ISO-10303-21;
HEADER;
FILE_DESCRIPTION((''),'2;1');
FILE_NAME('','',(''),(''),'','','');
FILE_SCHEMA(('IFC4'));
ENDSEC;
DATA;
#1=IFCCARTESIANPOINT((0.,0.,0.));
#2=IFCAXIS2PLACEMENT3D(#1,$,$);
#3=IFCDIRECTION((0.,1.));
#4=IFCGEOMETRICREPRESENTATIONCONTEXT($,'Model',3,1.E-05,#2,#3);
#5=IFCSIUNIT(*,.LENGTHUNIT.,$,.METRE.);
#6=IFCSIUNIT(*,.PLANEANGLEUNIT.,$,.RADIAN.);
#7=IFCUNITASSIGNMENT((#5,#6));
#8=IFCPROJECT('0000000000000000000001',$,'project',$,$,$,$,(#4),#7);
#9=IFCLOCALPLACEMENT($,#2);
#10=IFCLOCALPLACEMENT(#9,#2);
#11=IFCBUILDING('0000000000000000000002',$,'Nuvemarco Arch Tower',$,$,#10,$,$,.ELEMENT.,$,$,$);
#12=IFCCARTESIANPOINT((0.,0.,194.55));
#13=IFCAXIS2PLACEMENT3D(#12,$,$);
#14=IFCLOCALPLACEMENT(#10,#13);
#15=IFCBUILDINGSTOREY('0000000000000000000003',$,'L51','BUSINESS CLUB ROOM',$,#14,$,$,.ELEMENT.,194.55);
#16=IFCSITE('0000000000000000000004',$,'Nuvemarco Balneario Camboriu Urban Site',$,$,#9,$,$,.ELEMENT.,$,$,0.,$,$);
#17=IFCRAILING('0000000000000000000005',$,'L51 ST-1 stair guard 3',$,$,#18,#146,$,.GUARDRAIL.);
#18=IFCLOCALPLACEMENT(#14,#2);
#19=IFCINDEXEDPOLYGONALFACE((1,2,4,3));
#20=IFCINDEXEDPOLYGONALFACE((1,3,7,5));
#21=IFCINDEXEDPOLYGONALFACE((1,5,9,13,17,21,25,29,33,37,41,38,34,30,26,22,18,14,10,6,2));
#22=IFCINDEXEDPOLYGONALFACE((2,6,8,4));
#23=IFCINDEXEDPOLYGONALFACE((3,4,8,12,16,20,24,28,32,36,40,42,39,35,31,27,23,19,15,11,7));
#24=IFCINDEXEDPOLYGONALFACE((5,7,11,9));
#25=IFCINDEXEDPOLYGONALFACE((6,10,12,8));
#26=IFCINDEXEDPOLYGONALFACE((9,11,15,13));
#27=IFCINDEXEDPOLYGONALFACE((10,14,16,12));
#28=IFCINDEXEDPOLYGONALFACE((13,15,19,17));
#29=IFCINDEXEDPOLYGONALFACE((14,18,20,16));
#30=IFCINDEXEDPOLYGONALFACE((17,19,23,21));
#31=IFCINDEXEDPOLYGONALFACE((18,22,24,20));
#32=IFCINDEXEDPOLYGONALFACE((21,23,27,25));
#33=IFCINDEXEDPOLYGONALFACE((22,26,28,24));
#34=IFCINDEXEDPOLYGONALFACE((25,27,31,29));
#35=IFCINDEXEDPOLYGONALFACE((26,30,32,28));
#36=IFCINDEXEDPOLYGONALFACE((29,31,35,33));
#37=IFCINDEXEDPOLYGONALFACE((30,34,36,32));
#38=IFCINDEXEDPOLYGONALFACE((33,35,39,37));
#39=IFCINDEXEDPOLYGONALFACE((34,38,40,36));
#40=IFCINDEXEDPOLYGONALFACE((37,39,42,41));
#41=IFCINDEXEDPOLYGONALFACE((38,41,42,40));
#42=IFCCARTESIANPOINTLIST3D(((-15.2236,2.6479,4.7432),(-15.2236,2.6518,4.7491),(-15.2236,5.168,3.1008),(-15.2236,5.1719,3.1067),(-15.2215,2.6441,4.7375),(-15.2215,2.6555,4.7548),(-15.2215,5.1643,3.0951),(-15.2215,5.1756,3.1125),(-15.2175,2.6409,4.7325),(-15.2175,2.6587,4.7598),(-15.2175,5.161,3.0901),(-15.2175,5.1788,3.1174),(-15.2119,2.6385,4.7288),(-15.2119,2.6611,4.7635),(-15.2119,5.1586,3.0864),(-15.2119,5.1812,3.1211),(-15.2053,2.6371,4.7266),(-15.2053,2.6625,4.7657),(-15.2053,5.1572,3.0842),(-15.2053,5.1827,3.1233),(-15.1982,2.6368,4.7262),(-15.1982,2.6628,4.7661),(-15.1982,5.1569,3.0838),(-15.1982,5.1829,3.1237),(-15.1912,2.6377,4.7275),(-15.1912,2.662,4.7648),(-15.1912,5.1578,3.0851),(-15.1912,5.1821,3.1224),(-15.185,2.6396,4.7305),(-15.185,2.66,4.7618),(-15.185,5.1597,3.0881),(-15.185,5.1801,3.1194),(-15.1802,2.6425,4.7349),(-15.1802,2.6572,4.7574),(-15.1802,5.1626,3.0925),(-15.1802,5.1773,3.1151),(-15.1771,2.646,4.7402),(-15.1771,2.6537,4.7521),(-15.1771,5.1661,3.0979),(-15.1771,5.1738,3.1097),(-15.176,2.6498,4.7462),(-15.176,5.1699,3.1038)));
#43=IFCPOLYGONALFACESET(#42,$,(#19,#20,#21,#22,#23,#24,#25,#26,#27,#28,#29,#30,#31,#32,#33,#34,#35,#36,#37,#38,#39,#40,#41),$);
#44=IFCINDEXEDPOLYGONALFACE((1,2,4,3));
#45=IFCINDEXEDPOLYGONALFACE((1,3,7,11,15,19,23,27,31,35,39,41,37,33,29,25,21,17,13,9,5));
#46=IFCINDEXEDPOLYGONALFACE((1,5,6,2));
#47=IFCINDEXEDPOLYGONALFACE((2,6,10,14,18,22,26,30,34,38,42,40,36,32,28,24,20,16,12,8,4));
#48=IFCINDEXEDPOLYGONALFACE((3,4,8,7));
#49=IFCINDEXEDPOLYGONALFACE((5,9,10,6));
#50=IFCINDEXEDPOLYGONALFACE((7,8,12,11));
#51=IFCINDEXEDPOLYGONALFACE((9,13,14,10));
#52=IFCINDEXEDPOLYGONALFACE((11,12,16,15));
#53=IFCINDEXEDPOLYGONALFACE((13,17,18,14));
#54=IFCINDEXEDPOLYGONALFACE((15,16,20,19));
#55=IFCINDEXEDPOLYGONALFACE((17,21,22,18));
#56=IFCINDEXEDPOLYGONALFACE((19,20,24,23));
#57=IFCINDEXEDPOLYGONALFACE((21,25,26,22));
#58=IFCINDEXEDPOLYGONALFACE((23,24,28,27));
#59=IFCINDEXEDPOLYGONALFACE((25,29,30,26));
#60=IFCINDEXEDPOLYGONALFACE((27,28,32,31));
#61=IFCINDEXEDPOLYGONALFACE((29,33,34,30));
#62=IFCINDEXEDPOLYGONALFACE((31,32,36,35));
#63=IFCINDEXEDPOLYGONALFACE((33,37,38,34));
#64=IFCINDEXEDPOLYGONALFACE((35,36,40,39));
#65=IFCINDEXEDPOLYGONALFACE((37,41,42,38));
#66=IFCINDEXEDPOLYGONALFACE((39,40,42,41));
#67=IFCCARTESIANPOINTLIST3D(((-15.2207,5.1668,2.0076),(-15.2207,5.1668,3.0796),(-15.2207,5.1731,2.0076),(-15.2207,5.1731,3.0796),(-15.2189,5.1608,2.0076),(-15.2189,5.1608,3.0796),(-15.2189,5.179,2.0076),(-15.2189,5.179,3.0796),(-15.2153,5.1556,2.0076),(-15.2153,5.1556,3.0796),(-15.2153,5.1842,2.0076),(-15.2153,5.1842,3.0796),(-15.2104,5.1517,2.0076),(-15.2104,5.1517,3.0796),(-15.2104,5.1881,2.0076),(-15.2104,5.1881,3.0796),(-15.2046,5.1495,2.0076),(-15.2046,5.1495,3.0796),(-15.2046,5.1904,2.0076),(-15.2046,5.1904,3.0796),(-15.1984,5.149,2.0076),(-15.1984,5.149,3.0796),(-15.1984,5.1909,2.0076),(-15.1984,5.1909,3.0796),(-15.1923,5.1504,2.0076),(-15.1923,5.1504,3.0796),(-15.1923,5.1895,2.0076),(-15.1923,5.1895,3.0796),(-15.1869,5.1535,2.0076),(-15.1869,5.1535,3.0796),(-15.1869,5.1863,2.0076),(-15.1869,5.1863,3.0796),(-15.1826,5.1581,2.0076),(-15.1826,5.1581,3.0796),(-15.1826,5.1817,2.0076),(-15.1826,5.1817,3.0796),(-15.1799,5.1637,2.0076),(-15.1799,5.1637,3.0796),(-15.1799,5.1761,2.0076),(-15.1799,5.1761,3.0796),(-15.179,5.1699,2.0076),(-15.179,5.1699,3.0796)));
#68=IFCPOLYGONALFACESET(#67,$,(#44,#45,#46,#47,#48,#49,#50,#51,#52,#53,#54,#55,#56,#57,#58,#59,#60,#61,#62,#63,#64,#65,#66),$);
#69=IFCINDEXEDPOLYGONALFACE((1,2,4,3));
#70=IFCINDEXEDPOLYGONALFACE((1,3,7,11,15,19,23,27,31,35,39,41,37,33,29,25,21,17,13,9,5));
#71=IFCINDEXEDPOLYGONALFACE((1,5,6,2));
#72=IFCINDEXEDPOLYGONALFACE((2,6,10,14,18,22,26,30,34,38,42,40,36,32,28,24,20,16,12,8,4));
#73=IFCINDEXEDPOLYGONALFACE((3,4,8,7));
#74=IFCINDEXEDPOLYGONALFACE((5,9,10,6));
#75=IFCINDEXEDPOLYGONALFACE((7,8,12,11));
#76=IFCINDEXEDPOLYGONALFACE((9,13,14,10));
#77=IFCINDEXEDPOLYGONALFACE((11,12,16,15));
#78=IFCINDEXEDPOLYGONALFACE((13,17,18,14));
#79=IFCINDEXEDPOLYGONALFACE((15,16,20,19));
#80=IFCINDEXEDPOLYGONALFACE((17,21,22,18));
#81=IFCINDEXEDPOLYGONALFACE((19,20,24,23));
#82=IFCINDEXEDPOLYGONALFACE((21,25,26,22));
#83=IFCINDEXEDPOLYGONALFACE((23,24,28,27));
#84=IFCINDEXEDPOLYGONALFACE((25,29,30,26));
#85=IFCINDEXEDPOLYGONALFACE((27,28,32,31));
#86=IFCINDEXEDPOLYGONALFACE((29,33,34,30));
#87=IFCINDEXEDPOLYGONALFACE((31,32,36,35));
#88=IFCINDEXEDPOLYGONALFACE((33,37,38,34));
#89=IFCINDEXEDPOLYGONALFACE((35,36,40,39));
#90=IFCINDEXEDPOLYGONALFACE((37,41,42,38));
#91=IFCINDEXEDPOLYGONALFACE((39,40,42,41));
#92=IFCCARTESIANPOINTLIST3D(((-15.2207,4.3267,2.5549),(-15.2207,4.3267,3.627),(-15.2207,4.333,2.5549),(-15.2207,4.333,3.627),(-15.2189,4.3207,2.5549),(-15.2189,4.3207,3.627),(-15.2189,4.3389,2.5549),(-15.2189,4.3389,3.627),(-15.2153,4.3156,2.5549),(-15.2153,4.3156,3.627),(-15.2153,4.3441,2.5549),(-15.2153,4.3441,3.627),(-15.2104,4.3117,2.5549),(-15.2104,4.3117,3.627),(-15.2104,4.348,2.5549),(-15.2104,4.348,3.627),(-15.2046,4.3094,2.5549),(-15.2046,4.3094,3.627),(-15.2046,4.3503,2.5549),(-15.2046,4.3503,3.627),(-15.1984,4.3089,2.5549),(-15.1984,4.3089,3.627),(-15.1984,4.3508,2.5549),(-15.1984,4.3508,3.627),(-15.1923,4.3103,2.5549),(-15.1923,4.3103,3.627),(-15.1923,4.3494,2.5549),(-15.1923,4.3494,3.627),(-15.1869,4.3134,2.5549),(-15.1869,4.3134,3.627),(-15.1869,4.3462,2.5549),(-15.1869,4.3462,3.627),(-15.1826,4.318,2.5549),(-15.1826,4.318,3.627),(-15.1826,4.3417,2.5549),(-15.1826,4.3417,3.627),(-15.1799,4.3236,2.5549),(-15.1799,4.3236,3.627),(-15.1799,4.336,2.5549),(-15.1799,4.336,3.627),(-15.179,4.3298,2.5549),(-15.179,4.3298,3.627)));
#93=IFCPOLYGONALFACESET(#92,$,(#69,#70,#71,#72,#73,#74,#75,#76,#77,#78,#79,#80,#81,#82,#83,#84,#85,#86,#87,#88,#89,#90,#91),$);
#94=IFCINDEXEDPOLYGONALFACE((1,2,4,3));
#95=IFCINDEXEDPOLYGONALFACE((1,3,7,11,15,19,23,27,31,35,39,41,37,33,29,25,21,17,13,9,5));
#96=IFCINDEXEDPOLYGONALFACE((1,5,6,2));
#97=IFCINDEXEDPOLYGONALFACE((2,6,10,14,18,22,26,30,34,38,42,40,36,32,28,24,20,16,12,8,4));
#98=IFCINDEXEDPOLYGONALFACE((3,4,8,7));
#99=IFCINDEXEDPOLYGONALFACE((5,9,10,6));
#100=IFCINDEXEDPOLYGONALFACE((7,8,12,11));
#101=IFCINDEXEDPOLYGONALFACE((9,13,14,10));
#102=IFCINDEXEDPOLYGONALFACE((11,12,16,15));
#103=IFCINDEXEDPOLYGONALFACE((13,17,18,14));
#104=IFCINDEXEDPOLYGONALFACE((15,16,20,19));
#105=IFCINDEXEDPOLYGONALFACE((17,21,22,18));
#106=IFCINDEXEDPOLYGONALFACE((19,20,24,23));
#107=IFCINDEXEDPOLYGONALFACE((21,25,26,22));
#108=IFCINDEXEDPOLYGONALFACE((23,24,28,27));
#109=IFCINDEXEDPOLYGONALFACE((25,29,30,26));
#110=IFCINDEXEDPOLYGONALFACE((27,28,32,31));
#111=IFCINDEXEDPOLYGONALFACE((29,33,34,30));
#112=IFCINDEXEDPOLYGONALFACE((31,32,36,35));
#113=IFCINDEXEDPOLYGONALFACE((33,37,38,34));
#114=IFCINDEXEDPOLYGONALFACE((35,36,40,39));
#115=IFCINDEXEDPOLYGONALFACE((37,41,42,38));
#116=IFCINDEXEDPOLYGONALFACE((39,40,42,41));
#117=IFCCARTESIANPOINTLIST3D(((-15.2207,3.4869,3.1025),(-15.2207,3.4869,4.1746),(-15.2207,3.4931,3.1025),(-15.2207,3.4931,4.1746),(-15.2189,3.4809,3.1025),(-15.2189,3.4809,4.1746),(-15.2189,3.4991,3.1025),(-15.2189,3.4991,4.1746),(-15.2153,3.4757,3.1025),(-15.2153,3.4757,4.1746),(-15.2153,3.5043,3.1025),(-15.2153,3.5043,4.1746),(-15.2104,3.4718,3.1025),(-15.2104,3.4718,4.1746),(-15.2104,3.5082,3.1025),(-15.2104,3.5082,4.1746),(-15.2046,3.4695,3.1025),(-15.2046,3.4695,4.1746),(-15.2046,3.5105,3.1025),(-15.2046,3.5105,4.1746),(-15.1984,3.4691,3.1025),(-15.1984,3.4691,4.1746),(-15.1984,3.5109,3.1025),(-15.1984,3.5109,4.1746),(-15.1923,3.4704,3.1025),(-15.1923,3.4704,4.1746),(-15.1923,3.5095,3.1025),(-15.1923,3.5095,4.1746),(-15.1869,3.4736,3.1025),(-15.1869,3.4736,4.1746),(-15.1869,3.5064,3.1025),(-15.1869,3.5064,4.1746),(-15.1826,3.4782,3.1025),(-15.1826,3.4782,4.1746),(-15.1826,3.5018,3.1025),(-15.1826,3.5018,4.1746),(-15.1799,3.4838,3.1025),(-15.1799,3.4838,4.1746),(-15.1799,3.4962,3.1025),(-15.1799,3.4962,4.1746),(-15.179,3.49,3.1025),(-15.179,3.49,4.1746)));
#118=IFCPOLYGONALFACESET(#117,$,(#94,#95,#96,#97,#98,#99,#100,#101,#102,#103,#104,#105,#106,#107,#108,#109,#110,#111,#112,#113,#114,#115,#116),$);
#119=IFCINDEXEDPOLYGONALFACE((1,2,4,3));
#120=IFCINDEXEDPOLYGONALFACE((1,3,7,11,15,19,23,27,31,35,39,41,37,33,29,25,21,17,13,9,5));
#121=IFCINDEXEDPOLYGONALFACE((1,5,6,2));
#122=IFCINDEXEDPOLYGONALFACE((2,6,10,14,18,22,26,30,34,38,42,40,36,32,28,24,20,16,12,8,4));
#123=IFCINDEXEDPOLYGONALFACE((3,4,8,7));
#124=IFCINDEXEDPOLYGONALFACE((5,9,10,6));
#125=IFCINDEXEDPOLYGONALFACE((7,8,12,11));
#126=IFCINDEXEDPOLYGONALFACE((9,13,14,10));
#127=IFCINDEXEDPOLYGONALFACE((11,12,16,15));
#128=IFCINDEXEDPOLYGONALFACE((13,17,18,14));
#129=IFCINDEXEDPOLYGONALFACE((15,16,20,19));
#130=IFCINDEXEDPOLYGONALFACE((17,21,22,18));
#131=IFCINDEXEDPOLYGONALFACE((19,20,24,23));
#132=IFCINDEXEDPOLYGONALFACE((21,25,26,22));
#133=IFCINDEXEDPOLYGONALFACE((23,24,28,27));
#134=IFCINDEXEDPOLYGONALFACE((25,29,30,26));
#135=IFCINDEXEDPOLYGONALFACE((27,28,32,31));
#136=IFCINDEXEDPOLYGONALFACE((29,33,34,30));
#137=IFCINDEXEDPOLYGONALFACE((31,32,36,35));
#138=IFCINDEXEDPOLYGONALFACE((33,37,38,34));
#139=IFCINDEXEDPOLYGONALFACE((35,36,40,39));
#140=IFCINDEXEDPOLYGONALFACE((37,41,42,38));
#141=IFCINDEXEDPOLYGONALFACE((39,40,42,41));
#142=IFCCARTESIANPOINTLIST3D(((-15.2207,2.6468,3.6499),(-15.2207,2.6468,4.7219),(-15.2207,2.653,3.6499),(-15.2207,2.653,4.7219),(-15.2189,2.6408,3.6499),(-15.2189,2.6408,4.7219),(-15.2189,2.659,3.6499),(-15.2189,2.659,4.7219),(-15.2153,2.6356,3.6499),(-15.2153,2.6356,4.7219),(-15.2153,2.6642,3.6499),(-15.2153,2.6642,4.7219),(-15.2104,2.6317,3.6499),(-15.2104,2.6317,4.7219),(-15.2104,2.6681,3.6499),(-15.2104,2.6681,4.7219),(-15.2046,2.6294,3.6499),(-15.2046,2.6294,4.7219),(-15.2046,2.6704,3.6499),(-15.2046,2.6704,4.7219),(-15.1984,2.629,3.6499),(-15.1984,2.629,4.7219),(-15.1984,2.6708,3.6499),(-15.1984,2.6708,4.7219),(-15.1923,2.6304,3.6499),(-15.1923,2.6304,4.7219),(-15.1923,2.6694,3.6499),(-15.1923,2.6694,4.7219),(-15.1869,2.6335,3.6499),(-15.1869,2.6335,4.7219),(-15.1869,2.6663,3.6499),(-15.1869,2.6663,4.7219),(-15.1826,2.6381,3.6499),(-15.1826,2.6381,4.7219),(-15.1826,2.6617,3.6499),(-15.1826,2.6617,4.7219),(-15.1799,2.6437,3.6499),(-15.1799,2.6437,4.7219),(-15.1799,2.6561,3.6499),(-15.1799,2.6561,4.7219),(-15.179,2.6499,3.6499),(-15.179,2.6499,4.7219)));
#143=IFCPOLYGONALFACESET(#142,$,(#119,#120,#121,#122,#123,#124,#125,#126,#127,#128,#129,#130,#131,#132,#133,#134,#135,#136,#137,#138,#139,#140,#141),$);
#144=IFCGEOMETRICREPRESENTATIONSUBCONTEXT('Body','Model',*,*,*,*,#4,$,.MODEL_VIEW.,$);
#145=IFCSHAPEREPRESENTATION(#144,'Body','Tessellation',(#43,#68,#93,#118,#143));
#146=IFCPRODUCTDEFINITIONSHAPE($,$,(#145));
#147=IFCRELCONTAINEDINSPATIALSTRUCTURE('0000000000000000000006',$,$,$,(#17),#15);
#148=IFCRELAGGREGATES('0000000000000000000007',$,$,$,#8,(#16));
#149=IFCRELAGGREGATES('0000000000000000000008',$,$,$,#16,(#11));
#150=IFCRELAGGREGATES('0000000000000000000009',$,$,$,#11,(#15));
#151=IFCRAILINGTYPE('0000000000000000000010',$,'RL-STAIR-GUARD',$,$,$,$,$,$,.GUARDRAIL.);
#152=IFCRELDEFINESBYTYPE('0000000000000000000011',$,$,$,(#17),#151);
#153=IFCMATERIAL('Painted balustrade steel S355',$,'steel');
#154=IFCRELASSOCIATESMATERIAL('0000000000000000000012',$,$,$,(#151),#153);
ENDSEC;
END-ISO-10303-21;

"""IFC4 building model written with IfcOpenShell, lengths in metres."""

from ifc_helpers import new_model, si_unit, direction, frame, origin, origin_2d, place, context, subcontext, project, spatial, circle, extrude, material, type_object, element, save


model = new_model("IFC4")

# Units and contexts
model_context = context("Model", 3, precision=1e-05, world=origin(), true_north=direction((0.0, 1.0)))
body_context = subcontext(model_context, "Body", "Model", "MODEL_VIEW")
ifc_project = project(units=[si_unit("LENGTHUNIT", "METRE"), si_unit("PLANEANGLEUNIT", "RADIAN")], contexts=[model_context])

# Site, building, storey
site_placement = place(None, origin())
site = spatial("IfcSite", under=ifc_project, at=site_placement, Name="Nuvemarco Balneario Camboriu Urban Site", CompositionType="ELEMENT", RefElevation=0.0)
building_placement = place(site_placement, origin())
building = spatial("IfcBuilding", under=site, at=building_placement, Name="Nuvemarco Arch Tower", CompositionType="ELEMENT")
storey_placement = place(building_placement, frame((0.0, 0.0, 194.55)))
storey = spatial("IfcBuildingStorey", under=building, at=storey_placement, Name="L51", Description="BUSINESS CLUB ROOM", CompositionType="ELEMENT", Elevation=194.55)

# Railing
ifc_material_1 = material(Name="Painted balustrade steel S355", Category="steel")
railing_type_1 = type_object("IfcRailingType", Name="RL-STAIR-GUARD", PredefinedType="GUARDRAIL", material=ifc_material_1)
railing_1_placement = place(storey_placement, frame((-15.2, 5.1699, 2.0076)))
element("IfcRailing", 1, at=railing_1_placement, inside=storey, type_object=railing_type_1, Name="L51 ST-1 stair guard 3", PredefinedType="GUARDRAIL", context=body_context, shape_type="SweptSolid", body=[
    extrude(circle(Radius=0.0239, at=origin_2d()), frame((0.0, 0.0, 1.0962), z_axis=(0.0, -0.837787, 0.545998), x_axis=(1.0, 0.0, 0.0)), (0.0, 0.0, 1.0), 3.0081),
    extrude(circle(Radius=0.021, at=origin_2d()), origin(), (0.0, 0.0, 1.0), 1.072),
    extrude(circle(Radius=0.021, at=origin_2d()), frame((0.0, -0.8401, 0.5474)), (0.0, 0.0, 1.0), 1.072),
    extrude(circle(Radius=0.021, at=origin_2d()), frame((0.0, -1.6799, 1.095)), (0.0, 0.0, 1.0), 1.072),
    extrude(circle(Radius=0.021, at=origin_2d()), frame((0.0, -2.52, 1.6423)), (0.0, 0.0, 1.0), 1.072),
])

save(model, "model.ifc")
